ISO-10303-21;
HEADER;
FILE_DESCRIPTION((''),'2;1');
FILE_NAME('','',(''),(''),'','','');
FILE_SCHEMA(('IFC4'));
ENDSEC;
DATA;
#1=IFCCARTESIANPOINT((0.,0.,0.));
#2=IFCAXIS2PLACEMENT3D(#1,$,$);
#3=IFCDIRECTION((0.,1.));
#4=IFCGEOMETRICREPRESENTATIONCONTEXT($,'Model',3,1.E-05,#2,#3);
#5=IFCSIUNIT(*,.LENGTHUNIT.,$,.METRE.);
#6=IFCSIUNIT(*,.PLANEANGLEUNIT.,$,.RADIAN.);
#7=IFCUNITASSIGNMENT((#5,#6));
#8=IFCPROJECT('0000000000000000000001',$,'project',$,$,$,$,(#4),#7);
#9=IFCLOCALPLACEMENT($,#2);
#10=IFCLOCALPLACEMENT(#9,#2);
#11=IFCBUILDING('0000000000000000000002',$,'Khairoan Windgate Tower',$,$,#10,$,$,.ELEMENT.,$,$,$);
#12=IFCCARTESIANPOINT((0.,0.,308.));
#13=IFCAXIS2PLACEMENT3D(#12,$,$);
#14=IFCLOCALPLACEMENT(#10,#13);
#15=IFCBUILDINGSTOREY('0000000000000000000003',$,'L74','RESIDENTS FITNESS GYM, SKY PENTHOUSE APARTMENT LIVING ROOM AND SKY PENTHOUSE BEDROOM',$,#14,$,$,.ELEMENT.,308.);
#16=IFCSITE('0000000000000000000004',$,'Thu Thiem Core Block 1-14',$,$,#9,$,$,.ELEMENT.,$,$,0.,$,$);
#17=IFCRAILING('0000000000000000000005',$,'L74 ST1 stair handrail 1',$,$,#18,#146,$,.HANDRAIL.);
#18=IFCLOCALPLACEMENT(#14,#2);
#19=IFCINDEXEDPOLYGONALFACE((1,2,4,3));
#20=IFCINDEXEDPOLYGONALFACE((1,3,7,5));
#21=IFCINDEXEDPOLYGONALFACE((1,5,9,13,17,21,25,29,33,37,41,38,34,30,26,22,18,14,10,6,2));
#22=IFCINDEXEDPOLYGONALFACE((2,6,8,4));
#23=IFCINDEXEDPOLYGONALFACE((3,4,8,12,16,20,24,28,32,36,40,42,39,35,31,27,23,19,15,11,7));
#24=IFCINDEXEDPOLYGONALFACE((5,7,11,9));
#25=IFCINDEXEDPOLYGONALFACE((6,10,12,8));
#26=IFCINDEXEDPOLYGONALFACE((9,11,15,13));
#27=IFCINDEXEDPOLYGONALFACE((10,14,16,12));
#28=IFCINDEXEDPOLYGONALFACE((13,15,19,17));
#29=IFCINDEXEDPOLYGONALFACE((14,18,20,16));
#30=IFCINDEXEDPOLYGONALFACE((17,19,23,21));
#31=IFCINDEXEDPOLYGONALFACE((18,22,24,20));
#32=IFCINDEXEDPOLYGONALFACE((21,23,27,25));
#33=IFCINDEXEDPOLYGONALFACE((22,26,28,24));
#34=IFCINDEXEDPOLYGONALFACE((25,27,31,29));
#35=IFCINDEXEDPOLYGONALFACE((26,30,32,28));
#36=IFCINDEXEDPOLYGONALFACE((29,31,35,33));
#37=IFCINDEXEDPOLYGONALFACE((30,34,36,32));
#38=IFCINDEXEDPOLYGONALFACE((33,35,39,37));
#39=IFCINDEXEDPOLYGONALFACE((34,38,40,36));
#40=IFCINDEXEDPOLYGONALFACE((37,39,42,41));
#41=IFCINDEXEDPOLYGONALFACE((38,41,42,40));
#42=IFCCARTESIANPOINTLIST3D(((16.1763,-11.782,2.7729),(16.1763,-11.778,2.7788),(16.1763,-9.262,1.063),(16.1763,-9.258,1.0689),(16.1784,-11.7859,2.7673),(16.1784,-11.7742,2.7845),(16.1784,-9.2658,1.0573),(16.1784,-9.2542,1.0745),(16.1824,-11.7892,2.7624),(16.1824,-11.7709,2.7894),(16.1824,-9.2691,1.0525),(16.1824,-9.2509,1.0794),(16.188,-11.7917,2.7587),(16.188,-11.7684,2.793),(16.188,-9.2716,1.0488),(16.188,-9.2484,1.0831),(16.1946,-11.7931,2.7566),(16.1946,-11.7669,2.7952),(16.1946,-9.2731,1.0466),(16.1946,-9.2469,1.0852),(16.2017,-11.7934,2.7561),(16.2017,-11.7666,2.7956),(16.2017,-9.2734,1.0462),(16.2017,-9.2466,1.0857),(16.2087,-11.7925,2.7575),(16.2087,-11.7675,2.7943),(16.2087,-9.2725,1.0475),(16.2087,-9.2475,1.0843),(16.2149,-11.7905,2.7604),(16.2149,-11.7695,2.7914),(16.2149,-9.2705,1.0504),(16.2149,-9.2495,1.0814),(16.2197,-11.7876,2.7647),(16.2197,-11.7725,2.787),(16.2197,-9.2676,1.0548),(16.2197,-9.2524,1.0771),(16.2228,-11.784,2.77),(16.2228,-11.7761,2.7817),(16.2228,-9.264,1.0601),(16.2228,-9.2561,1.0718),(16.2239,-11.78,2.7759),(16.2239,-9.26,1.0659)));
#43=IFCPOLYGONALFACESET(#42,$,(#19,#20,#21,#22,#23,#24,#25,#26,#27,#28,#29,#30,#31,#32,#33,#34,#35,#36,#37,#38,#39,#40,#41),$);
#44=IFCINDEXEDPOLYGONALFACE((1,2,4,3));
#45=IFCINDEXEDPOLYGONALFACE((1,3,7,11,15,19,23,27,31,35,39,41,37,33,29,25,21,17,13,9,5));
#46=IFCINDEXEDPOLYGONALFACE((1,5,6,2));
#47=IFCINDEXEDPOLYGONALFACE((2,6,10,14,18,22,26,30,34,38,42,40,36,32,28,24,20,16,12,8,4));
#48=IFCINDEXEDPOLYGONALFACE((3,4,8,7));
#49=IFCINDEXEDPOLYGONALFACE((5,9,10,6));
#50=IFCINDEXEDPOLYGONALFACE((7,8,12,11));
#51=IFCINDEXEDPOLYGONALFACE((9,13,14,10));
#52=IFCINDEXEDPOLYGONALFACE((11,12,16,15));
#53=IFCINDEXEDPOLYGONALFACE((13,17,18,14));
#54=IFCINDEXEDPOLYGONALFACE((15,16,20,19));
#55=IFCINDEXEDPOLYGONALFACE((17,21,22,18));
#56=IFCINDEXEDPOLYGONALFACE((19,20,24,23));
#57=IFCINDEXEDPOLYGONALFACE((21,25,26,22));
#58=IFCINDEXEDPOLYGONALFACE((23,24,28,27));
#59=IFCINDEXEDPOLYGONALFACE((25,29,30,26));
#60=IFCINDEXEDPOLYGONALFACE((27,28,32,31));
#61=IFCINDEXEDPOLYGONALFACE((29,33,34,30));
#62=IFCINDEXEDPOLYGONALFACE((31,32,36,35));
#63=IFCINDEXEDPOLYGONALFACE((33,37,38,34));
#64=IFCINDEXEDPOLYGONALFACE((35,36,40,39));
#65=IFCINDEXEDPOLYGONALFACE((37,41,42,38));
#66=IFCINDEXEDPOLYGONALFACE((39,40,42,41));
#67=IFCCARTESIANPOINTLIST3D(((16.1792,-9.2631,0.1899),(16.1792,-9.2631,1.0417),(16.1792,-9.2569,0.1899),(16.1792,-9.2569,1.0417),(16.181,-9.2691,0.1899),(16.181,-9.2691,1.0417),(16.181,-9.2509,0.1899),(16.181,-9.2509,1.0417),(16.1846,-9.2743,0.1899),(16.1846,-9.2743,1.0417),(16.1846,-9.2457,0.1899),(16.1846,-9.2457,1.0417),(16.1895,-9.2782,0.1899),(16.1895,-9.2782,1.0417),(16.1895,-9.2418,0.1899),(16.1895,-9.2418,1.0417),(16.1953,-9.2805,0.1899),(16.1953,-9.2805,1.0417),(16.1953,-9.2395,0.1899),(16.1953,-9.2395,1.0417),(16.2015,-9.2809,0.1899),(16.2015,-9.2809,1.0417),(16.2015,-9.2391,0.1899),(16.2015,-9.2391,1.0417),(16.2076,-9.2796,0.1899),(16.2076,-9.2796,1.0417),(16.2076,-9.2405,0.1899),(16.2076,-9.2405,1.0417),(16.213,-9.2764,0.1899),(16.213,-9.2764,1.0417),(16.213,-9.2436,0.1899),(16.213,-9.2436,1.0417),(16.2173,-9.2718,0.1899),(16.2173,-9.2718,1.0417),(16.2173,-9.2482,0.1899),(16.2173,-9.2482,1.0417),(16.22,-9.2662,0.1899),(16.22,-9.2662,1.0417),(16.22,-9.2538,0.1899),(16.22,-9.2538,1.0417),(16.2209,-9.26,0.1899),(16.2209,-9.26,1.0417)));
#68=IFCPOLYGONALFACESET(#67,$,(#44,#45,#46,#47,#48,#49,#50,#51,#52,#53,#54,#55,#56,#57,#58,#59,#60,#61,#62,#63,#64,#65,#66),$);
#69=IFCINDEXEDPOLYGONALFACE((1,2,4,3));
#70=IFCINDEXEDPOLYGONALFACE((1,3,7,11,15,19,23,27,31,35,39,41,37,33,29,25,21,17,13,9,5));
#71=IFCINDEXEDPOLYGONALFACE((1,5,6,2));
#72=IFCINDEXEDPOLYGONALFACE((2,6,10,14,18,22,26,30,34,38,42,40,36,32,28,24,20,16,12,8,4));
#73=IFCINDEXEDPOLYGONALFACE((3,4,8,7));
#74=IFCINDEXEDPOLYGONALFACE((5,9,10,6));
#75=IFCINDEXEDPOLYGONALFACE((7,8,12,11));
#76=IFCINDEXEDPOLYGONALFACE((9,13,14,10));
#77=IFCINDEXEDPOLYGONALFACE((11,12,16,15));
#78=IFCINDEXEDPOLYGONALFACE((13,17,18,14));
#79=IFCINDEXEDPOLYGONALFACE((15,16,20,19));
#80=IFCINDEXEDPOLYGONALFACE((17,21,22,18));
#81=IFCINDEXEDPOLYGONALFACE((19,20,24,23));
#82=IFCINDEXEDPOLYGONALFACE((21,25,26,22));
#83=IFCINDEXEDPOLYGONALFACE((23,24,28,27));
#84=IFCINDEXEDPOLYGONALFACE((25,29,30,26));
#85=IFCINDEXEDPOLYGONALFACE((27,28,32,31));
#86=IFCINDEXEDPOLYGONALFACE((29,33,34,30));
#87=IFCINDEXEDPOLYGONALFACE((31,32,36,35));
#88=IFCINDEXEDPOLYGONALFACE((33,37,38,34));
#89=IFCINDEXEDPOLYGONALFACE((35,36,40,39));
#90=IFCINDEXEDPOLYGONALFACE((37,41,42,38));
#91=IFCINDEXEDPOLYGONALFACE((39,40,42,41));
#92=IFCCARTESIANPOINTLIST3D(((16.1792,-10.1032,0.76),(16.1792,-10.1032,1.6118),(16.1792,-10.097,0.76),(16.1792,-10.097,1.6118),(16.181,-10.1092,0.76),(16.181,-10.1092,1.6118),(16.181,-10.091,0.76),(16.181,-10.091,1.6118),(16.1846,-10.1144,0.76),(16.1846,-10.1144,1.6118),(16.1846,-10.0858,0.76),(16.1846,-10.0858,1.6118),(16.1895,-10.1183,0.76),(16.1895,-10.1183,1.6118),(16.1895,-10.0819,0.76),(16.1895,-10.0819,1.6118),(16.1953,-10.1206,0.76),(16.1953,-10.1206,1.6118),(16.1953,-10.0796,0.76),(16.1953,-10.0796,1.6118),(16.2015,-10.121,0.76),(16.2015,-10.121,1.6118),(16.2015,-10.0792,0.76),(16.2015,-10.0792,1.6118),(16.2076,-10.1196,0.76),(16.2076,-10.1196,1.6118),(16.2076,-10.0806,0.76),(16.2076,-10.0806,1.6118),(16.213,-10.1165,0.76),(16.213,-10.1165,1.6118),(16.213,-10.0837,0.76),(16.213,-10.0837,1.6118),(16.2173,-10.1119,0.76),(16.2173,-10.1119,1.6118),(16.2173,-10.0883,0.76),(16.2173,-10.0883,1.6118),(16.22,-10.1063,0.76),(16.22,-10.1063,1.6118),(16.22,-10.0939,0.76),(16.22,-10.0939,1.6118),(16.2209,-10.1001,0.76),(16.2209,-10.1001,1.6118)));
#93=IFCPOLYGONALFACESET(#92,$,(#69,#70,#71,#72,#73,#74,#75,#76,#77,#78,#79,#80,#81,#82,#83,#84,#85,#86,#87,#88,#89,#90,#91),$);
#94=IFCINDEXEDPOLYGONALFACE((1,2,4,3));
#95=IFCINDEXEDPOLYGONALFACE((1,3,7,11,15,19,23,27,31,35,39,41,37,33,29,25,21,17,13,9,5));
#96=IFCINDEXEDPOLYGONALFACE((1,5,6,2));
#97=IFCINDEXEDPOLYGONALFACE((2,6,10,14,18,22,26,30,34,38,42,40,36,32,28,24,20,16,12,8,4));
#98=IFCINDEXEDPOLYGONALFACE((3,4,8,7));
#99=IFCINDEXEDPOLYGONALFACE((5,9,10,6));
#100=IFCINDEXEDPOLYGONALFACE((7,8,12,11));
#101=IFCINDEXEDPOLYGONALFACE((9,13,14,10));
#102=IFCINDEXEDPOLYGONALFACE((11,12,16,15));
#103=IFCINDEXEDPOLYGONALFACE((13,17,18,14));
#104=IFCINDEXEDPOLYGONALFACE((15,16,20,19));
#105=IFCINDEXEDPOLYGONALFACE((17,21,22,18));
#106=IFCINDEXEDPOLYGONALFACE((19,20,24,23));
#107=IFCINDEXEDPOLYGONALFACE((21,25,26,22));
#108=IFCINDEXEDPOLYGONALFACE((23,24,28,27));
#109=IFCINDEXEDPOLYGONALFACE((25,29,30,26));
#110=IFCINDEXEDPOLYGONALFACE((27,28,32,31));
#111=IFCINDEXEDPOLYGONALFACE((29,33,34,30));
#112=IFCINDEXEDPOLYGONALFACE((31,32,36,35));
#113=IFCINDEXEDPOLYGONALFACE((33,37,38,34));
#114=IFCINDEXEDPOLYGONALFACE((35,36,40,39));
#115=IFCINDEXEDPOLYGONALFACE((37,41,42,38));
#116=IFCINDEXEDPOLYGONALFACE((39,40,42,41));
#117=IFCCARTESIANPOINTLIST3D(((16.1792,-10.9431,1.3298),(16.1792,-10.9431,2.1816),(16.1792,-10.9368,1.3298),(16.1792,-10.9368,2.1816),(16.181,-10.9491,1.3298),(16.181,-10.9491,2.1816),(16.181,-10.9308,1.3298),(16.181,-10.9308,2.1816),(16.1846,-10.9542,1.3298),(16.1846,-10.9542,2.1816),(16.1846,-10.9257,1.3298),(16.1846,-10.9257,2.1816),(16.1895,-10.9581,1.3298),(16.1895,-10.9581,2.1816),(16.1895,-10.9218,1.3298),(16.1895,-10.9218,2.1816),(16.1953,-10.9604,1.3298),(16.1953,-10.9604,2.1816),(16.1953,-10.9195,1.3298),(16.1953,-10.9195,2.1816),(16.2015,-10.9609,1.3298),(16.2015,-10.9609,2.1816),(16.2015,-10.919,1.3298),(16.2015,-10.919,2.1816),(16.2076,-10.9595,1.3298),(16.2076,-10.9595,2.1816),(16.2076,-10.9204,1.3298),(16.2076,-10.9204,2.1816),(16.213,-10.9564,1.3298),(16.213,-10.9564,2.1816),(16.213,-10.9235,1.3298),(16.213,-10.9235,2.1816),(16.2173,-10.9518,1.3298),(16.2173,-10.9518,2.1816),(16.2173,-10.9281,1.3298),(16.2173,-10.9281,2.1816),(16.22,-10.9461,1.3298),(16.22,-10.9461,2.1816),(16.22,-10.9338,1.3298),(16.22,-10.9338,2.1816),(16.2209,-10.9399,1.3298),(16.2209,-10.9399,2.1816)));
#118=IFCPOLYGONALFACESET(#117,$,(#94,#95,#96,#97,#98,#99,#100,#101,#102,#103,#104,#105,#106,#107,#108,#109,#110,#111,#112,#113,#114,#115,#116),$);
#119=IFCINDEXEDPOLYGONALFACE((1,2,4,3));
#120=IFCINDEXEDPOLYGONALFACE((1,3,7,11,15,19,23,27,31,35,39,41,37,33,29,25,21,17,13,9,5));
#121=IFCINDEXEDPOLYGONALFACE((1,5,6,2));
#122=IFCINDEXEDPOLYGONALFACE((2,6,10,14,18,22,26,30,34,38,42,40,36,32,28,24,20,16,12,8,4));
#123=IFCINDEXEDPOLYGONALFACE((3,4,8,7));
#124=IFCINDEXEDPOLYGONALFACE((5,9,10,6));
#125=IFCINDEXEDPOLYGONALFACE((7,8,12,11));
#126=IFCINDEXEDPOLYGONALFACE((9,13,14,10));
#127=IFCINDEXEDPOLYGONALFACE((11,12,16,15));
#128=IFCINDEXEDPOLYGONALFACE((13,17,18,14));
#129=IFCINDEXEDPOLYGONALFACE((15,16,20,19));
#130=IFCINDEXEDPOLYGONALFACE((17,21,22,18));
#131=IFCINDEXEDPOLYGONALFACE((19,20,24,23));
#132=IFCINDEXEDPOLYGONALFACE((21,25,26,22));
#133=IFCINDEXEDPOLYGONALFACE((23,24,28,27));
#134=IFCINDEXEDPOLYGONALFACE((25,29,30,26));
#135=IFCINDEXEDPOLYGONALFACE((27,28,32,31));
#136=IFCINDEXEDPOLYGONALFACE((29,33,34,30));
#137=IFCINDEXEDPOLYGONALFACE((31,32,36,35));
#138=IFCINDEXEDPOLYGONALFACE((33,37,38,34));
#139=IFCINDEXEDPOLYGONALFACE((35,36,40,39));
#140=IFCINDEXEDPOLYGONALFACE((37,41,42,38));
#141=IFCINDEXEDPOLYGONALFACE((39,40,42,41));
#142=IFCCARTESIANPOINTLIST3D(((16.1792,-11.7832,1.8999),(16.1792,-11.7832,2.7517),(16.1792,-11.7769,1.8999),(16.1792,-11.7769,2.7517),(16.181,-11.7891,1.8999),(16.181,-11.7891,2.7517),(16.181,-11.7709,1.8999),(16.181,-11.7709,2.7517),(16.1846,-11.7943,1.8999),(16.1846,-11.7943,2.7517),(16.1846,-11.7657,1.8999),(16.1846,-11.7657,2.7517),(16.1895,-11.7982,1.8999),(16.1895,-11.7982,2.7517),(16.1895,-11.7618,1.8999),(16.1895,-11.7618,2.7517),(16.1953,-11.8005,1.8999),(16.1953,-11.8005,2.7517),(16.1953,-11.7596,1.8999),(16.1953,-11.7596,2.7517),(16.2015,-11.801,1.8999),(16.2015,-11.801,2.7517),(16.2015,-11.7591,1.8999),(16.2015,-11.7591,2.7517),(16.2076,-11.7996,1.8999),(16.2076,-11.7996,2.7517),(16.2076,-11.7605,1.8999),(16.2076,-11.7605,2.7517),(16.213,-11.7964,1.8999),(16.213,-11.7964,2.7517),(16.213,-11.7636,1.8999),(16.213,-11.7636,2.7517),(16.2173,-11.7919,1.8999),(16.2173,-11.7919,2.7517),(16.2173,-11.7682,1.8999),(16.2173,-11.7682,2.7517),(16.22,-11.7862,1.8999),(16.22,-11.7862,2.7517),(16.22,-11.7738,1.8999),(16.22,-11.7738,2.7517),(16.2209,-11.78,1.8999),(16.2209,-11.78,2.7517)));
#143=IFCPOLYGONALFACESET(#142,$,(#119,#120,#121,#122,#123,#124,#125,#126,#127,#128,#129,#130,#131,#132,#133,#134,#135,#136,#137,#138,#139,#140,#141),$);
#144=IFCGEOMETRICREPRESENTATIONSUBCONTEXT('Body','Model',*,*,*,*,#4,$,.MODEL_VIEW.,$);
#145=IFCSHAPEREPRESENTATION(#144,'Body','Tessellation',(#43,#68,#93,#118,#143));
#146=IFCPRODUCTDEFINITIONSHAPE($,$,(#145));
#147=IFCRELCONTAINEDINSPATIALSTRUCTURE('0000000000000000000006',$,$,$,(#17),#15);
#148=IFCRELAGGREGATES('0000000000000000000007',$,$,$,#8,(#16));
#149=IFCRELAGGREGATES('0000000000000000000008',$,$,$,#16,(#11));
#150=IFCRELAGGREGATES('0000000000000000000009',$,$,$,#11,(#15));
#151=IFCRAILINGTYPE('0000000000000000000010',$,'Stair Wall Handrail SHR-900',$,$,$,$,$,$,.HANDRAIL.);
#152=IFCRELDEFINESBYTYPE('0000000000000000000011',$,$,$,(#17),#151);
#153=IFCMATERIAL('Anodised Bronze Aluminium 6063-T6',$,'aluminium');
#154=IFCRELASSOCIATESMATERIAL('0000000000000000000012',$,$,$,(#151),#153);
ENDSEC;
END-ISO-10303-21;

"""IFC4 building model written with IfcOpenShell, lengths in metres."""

from ifc_helpers import new_model, si_unit, direction, frame, origin, origin_2d, place, context, subcontext, project, spatial, circle, extrude, material, type_object, element, save


model = new_model("IFC4")

# Units and contexts
model_context = context("Model", 3, precision=1e-05, world=origin(), true_north=direction((0.0, 1.0)))
body_context = subcontext(model_context, "Body", "Model", "MODEL_VIEW")
ifc_project = project(units=[si_unit("LENGTHUNIT", "METRE"), si_unit("PLANEANGLEUNIT", "RADIAN")], contexts=[model_context])

# Site, building, storey
site_placement = place(None, origin())
site = spatial("IfcSite", under=ifc_project, at=site_placement, Name="Thu Thiem Core Block 1-14", CompositionType="ELEMENT", RefElevation=0.0)
building_placement = place(site_placement, origin())
building = spatial("IfcBuilding", under=site, at=building_placement, Name="Khairoan Windgate Tower", CompositionType="ELEMENT")
storey_placement = place(building_placement, frame((0.0, 0.0, 308.0)))
storey = spatial("IfcBuildingStorey", under=building, at=storey_placement, Name="L74", Description="RESIDENTS FITNESS GYM, SKY PENTHOUSE APARTMENT LIVING ROOM AND SKY PENTHOUSE BEDROOM", CompositionType="ELEMENT", Elevation=308.0)

# Railing
ifc_material_1 = material(Name="Anodised Bronze Aluminium 6063-T6", Category="aluminium")
railing_type_1 = type_object("IfcRailingType", Name="Stair Wall Handrail SHR-900", PredefinedType="HANDRAIL", material=ifc_material_1)
railing_1_placement = place(storey_placement, frame((16.2, -9.26, 0.1899)))
element("IfcRailing", 1, at=railing_1_placement, inside=storey, type_object=railing_type_1, Name="L74 ST1 stair handrail 1", PredefinedType="HANDRAIL", context=body_context, shape_type="SweptSolid", body=[
    extrude(circle(Radius=0.0239, at=origin_2d()), frame((0.0, 0.0, 0.876), z_axis=(0.0, -0.827484, 0.56149), x_axis=(1.0, 0.0, 0.0)), (0.0, 0.0, 1.0), 3.0454),
    extrude(circle(Radius=0.021, at=origin_2d()), origin(), (0.0, 0.0, 1.0), 0.8518),
    extrude(circle(Radius=0.021, at=origin_2d()), frame((0.0, -0.8401, 0.5701)), (0.0, 0.0, 1.0), 0.8518),
    extrude(circle(Radius=0.021, at=origin_2d()), frame((0.0, -1.6799, 1.1399)), (0.0, 0.0, 1.0), 0.8518),
    extrude(circle(Radius=0.021, at=origin_2d()), frame((0.0, -2.52, 1.71)), (0.0, 0.0, 1.0), 0.8518),
])

save(model, "model.ifc")
